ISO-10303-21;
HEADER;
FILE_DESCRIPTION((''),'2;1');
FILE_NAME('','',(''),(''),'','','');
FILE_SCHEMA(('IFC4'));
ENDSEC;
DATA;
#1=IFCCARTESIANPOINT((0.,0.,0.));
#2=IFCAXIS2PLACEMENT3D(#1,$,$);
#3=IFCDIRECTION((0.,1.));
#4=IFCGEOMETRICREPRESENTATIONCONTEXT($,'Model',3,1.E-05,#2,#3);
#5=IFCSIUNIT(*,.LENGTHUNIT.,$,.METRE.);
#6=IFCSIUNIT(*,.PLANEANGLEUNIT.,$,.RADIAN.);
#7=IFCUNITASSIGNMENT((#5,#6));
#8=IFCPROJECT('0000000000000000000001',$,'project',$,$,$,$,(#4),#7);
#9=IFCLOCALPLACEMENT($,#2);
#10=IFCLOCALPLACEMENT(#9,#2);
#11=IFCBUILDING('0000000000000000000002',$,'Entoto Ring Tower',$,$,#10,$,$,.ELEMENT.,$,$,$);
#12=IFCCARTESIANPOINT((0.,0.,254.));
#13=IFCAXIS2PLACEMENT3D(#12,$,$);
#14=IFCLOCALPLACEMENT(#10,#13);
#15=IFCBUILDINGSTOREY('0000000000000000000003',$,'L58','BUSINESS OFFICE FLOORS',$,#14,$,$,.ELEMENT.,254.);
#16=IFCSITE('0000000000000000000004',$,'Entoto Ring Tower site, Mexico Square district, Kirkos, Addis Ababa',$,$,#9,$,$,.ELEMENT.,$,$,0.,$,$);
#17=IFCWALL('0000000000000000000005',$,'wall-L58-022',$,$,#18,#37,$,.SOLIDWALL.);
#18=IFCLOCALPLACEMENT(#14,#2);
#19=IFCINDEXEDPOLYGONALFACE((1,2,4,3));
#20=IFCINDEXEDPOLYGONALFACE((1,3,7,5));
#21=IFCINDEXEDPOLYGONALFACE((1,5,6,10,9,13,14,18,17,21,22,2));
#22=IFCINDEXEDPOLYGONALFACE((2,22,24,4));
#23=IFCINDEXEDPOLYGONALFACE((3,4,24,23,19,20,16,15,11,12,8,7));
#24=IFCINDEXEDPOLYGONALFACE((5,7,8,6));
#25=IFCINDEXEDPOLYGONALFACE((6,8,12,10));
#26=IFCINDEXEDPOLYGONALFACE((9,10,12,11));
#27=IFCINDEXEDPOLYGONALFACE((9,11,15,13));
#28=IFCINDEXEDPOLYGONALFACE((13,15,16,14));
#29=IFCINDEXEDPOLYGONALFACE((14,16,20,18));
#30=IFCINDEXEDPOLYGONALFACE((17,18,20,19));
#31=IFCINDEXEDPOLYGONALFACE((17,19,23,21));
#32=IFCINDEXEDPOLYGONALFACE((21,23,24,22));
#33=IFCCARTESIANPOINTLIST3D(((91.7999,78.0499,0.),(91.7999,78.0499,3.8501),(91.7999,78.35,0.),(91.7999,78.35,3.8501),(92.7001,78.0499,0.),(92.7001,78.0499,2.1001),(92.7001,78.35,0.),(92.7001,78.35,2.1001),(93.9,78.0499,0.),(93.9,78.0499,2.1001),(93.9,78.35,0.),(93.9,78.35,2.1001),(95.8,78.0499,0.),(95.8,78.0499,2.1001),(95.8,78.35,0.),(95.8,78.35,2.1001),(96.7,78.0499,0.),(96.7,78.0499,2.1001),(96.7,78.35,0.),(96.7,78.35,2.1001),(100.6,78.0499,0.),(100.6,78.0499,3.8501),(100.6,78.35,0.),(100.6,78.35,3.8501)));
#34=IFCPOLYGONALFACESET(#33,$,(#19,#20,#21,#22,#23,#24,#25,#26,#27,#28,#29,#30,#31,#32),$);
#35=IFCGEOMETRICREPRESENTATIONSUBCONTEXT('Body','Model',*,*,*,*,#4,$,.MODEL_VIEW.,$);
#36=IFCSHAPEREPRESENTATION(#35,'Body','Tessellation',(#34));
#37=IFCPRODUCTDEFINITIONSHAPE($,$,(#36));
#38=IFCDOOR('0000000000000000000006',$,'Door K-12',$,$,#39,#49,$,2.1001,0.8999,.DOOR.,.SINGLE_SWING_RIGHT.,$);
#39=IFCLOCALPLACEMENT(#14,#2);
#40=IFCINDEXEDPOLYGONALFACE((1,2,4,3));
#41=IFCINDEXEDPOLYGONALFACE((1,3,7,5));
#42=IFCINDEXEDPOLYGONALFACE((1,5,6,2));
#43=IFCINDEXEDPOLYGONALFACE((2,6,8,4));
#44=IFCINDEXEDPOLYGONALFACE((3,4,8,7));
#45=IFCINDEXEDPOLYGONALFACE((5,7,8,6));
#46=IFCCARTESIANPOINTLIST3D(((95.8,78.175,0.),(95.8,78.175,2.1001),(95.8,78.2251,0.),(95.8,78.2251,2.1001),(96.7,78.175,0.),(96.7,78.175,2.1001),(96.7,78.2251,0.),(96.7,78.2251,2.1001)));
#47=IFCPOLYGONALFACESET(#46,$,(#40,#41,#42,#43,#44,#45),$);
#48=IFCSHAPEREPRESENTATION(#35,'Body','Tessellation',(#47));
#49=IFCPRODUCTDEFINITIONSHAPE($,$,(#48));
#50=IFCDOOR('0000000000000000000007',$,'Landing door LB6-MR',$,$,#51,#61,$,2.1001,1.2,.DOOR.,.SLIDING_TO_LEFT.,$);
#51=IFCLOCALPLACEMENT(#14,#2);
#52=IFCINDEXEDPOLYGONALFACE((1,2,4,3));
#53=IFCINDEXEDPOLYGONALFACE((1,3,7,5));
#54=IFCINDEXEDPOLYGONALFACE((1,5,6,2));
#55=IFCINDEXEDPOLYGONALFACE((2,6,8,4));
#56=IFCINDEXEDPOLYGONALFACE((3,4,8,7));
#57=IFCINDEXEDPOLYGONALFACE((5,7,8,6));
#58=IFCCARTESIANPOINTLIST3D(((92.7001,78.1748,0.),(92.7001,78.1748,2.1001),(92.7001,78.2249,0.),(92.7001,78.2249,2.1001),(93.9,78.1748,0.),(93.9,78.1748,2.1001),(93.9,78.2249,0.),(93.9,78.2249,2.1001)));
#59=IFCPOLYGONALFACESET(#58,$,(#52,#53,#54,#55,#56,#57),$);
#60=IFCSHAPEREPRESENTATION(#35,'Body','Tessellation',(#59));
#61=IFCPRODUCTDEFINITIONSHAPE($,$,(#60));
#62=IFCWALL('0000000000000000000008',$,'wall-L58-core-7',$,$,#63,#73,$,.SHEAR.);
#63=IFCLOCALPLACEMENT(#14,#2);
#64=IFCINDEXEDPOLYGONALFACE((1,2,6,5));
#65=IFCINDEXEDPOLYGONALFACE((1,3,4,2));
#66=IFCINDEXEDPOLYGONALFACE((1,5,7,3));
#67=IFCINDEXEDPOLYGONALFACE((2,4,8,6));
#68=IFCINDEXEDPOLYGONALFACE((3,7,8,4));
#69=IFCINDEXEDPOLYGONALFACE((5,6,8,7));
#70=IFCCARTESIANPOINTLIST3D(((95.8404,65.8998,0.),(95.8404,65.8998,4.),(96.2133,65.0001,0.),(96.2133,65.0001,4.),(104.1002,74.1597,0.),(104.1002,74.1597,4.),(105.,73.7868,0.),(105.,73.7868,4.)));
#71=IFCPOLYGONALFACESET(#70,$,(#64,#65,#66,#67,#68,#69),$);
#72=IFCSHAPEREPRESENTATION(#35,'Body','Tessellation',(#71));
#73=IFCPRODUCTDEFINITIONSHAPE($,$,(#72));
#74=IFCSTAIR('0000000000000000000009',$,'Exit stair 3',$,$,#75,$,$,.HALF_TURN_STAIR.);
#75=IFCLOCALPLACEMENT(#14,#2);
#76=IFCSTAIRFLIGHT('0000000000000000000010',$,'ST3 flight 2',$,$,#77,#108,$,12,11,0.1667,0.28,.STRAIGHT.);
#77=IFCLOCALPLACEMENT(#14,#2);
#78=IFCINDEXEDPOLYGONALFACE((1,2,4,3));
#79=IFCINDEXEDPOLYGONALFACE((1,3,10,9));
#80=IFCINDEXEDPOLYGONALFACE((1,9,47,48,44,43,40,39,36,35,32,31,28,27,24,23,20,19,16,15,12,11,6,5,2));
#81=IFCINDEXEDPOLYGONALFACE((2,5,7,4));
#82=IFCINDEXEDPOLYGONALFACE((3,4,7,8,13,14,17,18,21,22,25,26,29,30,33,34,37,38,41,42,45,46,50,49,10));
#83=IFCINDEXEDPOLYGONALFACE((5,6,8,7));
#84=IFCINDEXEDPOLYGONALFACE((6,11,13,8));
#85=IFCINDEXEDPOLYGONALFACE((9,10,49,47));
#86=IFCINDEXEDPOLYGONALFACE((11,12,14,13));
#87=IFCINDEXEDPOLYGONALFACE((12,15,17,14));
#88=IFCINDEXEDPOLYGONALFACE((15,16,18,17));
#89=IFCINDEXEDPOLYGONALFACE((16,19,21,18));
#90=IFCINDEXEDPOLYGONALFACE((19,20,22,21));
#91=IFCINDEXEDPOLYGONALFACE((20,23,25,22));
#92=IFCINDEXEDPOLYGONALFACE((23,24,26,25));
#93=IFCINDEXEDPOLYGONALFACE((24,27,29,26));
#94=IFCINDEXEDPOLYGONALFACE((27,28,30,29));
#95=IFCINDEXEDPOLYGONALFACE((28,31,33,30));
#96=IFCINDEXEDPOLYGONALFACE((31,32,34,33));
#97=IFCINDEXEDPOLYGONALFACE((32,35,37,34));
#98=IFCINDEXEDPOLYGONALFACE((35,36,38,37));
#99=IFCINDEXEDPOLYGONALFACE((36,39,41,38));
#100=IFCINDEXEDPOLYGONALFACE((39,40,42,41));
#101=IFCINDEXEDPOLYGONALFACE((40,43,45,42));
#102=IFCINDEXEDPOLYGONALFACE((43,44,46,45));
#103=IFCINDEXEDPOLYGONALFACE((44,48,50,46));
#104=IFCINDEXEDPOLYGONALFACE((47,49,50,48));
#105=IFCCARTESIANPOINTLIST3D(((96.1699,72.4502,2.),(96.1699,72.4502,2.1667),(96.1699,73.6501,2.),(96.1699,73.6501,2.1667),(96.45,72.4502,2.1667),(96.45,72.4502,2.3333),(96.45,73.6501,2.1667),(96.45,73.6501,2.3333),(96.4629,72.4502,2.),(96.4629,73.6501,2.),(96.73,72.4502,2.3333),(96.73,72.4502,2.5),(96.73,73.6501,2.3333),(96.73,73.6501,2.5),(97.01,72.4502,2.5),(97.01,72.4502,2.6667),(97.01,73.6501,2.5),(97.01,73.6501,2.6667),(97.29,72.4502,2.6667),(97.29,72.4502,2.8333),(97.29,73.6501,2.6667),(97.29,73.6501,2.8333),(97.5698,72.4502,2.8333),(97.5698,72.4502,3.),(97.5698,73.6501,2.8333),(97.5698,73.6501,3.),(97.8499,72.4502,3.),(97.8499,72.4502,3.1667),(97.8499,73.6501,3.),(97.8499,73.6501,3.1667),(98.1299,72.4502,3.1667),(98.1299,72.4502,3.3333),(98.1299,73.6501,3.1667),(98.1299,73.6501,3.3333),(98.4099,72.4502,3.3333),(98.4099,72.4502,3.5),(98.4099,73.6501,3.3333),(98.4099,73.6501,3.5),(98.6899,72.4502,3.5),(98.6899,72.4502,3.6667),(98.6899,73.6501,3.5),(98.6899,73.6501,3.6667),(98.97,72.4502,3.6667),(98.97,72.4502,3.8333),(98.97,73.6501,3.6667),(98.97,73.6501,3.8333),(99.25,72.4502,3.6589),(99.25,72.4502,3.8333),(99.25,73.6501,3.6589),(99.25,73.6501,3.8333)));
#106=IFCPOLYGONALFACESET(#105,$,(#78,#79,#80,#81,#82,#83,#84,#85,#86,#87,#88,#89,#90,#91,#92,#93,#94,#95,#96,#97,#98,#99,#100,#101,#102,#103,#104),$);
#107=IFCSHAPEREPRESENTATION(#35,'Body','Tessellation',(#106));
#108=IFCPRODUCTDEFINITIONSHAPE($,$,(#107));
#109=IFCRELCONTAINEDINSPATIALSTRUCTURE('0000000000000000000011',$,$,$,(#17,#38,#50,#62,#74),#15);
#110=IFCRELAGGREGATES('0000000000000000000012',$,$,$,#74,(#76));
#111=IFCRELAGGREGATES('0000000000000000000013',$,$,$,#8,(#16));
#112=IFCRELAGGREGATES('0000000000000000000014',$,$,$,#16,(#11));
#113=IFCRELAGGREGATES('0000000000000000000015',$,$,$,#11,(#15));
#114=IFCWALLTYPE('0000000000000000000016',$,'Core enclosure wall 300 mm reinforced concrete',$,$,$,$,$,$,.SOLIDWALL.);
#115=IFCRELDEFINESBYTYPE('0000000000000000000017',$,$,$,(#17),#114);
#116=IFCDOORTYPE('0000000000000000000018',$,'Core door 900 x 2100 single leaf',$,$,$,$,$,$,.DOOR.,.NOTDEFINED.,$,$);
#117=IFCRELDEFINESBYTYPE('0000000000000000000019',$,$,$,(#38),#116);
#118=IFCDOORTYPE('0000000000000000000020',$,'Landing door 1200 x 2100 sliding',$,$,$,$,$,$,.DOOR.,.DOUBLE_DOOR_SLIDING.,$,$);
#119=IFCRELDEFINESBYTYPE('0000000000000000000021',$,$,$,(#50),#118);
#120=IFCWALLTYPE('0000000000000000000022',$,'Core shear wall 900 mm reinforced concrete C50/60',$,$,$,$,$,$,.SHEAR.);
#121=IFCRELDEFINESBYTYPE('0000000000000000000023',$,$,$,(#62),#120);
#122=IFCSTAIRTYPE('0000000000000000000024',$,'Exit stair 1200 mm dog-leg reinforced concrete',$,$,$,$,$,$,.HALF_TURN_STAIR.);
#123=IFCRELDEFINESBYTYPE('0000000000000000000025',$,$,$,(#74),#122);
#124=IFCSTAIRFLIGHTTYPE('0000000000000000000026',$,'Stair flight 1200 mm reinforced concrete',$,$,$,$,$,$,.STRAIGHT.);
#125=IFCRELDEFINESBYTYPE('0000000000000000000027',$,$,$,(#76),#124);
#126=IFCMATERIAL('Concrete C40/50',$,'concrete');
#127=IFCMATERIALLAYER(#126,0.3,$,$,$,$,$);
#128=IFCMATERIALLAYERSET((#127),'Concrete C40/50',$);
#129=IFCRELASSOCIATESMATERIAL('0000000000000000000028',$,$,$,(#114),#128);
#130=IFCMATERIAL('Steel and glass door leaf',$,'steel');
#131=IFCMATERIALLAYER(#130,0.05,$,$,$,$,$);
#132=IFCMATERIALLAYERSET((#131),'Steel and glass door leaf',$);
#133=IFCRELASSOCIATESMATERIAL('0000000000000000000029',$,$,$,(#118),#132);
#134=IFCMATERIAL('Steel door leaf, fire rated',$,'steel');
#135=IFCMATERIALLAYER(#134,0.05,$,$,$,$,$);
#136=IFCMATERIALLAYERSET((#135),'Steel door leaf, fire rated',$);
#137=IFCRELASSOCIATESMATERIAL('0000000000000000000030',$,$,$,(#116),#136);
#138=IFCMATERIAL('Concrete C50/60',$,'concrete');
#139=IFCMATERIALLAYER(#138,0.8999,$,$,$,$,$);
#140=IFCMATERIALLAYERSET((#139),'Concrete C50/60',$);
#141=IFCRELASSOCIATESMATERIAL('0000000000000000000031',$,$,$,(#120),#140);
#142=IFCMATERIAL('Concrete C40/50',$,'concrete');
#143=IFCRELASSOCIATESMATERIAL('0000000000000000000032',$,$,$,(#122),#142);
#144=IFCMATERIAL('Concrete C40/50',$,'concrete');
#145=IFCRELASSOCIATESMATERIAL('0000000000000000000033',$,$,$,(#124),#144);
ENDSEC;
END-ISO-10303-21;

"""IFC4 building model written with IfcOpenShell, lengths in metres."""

from ifc_helpers import new_model, si_unit, direction, frame, frame_2d, origin, place, context, subcontext, project, spatial, polyline, rectangle, outline, extrude, material, layer, layer_set, type_object, element, fill, aggregate, save


model = new_model("IFC4")

# Units and contexts
model_context = context("Model", 3, precision=1e-05, world=origin(), true_north=direction((0.0, 1.0)))
body_context = subcontext(model_context, "Body", "Model", "MODEL_VIEW")
ifc_project = project(units=[si_unit("LENGTHUNIT", "METRE"), si_unit("PLANEANGLEUNIT", "RADIAN")], contexts=[model_context])

# Site, building, storey
site_placement = place(None, origin())
site = spatial("IfcSite", under=ifc_project, at=site_placement, Name="Entoto Ring Tower site, Mexico Square district, Kirkos, Addis Ababa", CompositionType="ELEMENT", RefElevation=0.0)
building_placement = place(site_placement, origin())
building = spatial("IfcBuilding", under=site, at=building_placement, Name="Entoto Ring Tower", CompositionType="ELEMENT")
storey_placement = place(building_placement, frame((0.0, 0.0, 254.0)))
storey = spatial("IfcBuildingStorey", under=building, at=storey_placement, Name="L58", Description="BUSINESS OFFICE FLOORS", CompositionType="ELEMENT", Elevation=254.0)

# Shared definitions
ifc_material_1 = material(Name="Concrete C40/50", Category="concrete")
ifc_layer_1 = layer(ifc_material_1, 0.3)
ifc_layer_set_1 = layer_set([ifc_layer_1], Name="Concrete C40/50")
wall_type_1 = type_object("IfcWallType", Name="Core enclosure wall 300 mm reinforced concrete", PredefinedType="SOLIDWALL", material=ifc_layer_set_1)

# Shared definitions
ifc_material_2 = material(Name="Steel and glass door leaf", Category="steel")
ifc_layer_2 = layer(ifc_material_2, 0.05)
ifc_layer_set_2 = layer_set([ifc_layer_2], Name="Steel and glass door leaf")
door_type_1 = type_object("IfcDoorType", Name="Landing door 1200 x 2100 sliding", OperationType="DOUBLE_DOOR_SLIDING", PredefinedType="DOOR", material=ifc_layer_set_2)

# Wall, openings, doors
wall_1_placement = place(storey_placement, frame((91.8, 78.2, 0.0), z_axis=(0.0, 0.0, 1.0), x_axis=(1.0, 0.0, 0.0)))
wall_1 = element("IfcWall", 1, at=wall_1_placement, inside=storey, type_object=wall_type_1, Name="wall-L58-022", PredefinedType="SOLIDWALL", context=body_context, shape_type="SweptSolid", body=[
    extrude(rectangle(XDim=8.8, YDim=0.3, at=frame_2d((4.3999, 0.0))), origin(), (0.0, 0.0, 1.0), 3.8501),
])
opening_1_placement = place(wall_1_placement, frame((0.8999, 0.0, 0.0)))
opening_1 = element("IfcOpeningElement", 2, at=opening_1_placement, cuts=wall_1, PredefinedType="OPENING", context=body_context, shape_type="SweptSolid", body=[
    extrude(rectangle(XDim=1.2, YDim=2.1001, at=frame_2d((0.6001, 1.05))), frame((0.0, 0.1602, 0.0), z_axis=(0.0, -1.0, 0.0), x_axis=(1.0, 0.0, 0.0)), (0.0, 0.0, 1.0), 0.3201),
])
opening_2_placement = place(wall_1_placement, frame((4.0, 0.0, 0.0)))
opening_2 = element("IfcOpeningElement", 3, at=opening_2_placement, cuts=wall_1, PredefinedType="OPENING", context=body_context, shape_type="SweptSolid", body=[
    extrude(rectangle(XDim=0.8999, YDim=2.1001, at=frame_2d((0.45, 1.05))), frame((0.0, 0.1602, 0.0), z_axis=(0.0, -1.0, 0.0), x_axis=(1.0, 0.0, 0.0)), (0.0, 0.0, 1.0), 0.3201),
])
ifc_material_3 = material(Name="Steel door leaf, fire rated", Category="steel")
ifc_layer_3 = layer(ifc_material_3, 0.05)
ifc_layer_set_3 = layer_set([ifc_layer_3], Name="Steel door leaf, fire rated")
door_type_2 = type_object("IfcDoorType", Name="Core door 900 x 2100 single leaf", OperationType="NOTDEFINED", PredefinedType="DOOR", material=ifc_layer_set_3)
door_1_placement = place(opening_2_placement, frame((0.8999, 0.0, 0.0), z_axis=(0.0, 0.0, 1.0), x_axis=(-1.0, 0.0, 0.0)))
door_1 = element("IfcDoor", 4, at=door_1_placement, inside=storey, type_object=door_type_2, Name="Door K-12", OperationType="SINGLE_SWING_RIGHT", OverallHeight=2.1001, OverallWidth=0.8999, PredefinedType="DOOR", context=body_context, shape_type="SweptSolid", body=[
    extrude(rectangle(XDim=0.8999, YDim=2.1001, at=frame_2d((0.45, 1.05))), frame((0.0, 0.0249, 0.0), z_axis=(0.0, -1.0, 0.0), x_axis=(1.0, 0.0, 0.0)), (0.0, 0.0, 1.0), 0.05),
])
fill(opening_2, door_1)
door_2_placement = place(opening_1_placement, origin())
door_2 = element("IfcDoor", 5, at=door_2_placement, inside=storey, type_object=door_type_1, Name="Landing door LB6-MR", OperationType="SLIDING_TO_LEFT", OverallHeight=2.1001, OverallWidth=1.2, PredefinedType="DOOR", context=body_context, shape_type="SweptSolid", body=[
    extrude(rectangle(XDim=1.2, YDim=2.1001, at=frame_2d((0.6001, 1.05))), frame((0.0, 0.0249, 0.0), z_axis=(0.0, -1.0, 0.0), x_axis=(1.0, 0.0, 0.0)), (0.0, 0.0, 1.0), 0.05),
])
fill(opening_1, door_2)

# Wall
ifc_material_4 = material(Name="Concrete C50/60", Category="concrete")
ifc_layer_4 = layer(ifc_material_4, 0.8999)
ifc_layer_set_4 = layer_set([ifc_layer_4], Name="Concrete C50/60")
wall_type_2 = type_object("IfcWallType", Name="Core shear wall 900 mm reinforced concrete C50/60", PredefinedType="SHEAR", material=ifc_layer_set_4)
wall_2_placement = place(storey_placement, frame((96.0269, 65.45, 0.0), z_axis=(0.0, 0.0, 1.0), x_axis=(0.707107, 0.707107, 0.0)))
element("IfcWall", 6, at=wall_2_placement, inside=storey, type_object=wall_type_2, Name="wall-L58-core-7", PredefinedType="SHEAR", context=body_context, shape_type="SweptSolid", body=[
    extrude(outline(polyline([(-0.1863, -0.45), (12.24, -0.45), (11.8674, 0.45), (0.1863, 0.45), (-0.1863, -0.45)])), origin(), (0.0, 0.0, 1.0), 4.0),
])

# Stair, stair flight
ifc_material_5 = material(Name="Concrete C40/50", Category="concrete")
stair_type = type_object("IfcStairType", Name="Exit stair 1200 mm dog-leg reinforced concrete", PredefinedType="HALF_TURN_STAIR", material=ifc_material_5)
stair_placement = place(storey_placement, origin())
stair = element("IfcStair", 7, at=stair_placement, inside=storey, type_object=stair_type, Name="Exit stair 3", PredefinedType="HALF_TURN_STAIR")
ifc_material_6 = material(Name="Concrete C40/50", Category="concrete")
stair_flight_type = type_object("IfcStairFlightType", Name="Stair flight 1200 mm reinforced concrete", PredefinedType="STRAIGHT", material=ifc_material_6)
stair_flight_placement = place(storey_placement, frame((96.1699, 73.05, 2.0), z_axis=(0.0, 0.0, 1.0), x_axis=(1.0, 0.0, 0.0)))
stair_flight = element("IfcStairFlight", 8, at=stair_flight_placement, type_object=stair_flight_type, Name="ST3 flight 2", NumberOfRisers=12, NumberOfTreads=11, PredefinedType="STRAIGHT", RiserHeight=0.1667, TreadLength=0.28, context=body_context, shape_type="SweptSolid", body=[
    extrude(outline(polyline([(0.0, 0.0), (0.0, 0.1667), (0.28, 0.1667), (0.28, 0.3333), (0.5601, 0.3333), (0.5601, 0.5), (0.8401, 0.5), (0.8401, 0.6667), (1.1201, 0.6667), (1.1201, 0.8333), (1.3999, 0.8333), (1.3999, 1.0), (1.6799, 1.0), (1.6799, 1.1667), (1.96, 1.1667), (1.96, 1.3333), (2.24, 1.3333), (2.24, 1.5), (2.52, 1.5), (2.52, 1.6667), (2.8, 1.6667), (2.8, 1.8333), (3.0801, 1.8333), (3.0801, 2.0), (3.0801, 1.6589), (0.293, 0.0), (0.0, 0.0)])), frame((0.0, 0.6001, 0.0), z_axis=(0.0, -1.0, 0.0), x_axis=(1.0, 0.0, 0.0)), (0.0, 0.0, 1.0), 1.2),
])
aggregate(stair, [stair_flight])

save(model, "model.ifc")
